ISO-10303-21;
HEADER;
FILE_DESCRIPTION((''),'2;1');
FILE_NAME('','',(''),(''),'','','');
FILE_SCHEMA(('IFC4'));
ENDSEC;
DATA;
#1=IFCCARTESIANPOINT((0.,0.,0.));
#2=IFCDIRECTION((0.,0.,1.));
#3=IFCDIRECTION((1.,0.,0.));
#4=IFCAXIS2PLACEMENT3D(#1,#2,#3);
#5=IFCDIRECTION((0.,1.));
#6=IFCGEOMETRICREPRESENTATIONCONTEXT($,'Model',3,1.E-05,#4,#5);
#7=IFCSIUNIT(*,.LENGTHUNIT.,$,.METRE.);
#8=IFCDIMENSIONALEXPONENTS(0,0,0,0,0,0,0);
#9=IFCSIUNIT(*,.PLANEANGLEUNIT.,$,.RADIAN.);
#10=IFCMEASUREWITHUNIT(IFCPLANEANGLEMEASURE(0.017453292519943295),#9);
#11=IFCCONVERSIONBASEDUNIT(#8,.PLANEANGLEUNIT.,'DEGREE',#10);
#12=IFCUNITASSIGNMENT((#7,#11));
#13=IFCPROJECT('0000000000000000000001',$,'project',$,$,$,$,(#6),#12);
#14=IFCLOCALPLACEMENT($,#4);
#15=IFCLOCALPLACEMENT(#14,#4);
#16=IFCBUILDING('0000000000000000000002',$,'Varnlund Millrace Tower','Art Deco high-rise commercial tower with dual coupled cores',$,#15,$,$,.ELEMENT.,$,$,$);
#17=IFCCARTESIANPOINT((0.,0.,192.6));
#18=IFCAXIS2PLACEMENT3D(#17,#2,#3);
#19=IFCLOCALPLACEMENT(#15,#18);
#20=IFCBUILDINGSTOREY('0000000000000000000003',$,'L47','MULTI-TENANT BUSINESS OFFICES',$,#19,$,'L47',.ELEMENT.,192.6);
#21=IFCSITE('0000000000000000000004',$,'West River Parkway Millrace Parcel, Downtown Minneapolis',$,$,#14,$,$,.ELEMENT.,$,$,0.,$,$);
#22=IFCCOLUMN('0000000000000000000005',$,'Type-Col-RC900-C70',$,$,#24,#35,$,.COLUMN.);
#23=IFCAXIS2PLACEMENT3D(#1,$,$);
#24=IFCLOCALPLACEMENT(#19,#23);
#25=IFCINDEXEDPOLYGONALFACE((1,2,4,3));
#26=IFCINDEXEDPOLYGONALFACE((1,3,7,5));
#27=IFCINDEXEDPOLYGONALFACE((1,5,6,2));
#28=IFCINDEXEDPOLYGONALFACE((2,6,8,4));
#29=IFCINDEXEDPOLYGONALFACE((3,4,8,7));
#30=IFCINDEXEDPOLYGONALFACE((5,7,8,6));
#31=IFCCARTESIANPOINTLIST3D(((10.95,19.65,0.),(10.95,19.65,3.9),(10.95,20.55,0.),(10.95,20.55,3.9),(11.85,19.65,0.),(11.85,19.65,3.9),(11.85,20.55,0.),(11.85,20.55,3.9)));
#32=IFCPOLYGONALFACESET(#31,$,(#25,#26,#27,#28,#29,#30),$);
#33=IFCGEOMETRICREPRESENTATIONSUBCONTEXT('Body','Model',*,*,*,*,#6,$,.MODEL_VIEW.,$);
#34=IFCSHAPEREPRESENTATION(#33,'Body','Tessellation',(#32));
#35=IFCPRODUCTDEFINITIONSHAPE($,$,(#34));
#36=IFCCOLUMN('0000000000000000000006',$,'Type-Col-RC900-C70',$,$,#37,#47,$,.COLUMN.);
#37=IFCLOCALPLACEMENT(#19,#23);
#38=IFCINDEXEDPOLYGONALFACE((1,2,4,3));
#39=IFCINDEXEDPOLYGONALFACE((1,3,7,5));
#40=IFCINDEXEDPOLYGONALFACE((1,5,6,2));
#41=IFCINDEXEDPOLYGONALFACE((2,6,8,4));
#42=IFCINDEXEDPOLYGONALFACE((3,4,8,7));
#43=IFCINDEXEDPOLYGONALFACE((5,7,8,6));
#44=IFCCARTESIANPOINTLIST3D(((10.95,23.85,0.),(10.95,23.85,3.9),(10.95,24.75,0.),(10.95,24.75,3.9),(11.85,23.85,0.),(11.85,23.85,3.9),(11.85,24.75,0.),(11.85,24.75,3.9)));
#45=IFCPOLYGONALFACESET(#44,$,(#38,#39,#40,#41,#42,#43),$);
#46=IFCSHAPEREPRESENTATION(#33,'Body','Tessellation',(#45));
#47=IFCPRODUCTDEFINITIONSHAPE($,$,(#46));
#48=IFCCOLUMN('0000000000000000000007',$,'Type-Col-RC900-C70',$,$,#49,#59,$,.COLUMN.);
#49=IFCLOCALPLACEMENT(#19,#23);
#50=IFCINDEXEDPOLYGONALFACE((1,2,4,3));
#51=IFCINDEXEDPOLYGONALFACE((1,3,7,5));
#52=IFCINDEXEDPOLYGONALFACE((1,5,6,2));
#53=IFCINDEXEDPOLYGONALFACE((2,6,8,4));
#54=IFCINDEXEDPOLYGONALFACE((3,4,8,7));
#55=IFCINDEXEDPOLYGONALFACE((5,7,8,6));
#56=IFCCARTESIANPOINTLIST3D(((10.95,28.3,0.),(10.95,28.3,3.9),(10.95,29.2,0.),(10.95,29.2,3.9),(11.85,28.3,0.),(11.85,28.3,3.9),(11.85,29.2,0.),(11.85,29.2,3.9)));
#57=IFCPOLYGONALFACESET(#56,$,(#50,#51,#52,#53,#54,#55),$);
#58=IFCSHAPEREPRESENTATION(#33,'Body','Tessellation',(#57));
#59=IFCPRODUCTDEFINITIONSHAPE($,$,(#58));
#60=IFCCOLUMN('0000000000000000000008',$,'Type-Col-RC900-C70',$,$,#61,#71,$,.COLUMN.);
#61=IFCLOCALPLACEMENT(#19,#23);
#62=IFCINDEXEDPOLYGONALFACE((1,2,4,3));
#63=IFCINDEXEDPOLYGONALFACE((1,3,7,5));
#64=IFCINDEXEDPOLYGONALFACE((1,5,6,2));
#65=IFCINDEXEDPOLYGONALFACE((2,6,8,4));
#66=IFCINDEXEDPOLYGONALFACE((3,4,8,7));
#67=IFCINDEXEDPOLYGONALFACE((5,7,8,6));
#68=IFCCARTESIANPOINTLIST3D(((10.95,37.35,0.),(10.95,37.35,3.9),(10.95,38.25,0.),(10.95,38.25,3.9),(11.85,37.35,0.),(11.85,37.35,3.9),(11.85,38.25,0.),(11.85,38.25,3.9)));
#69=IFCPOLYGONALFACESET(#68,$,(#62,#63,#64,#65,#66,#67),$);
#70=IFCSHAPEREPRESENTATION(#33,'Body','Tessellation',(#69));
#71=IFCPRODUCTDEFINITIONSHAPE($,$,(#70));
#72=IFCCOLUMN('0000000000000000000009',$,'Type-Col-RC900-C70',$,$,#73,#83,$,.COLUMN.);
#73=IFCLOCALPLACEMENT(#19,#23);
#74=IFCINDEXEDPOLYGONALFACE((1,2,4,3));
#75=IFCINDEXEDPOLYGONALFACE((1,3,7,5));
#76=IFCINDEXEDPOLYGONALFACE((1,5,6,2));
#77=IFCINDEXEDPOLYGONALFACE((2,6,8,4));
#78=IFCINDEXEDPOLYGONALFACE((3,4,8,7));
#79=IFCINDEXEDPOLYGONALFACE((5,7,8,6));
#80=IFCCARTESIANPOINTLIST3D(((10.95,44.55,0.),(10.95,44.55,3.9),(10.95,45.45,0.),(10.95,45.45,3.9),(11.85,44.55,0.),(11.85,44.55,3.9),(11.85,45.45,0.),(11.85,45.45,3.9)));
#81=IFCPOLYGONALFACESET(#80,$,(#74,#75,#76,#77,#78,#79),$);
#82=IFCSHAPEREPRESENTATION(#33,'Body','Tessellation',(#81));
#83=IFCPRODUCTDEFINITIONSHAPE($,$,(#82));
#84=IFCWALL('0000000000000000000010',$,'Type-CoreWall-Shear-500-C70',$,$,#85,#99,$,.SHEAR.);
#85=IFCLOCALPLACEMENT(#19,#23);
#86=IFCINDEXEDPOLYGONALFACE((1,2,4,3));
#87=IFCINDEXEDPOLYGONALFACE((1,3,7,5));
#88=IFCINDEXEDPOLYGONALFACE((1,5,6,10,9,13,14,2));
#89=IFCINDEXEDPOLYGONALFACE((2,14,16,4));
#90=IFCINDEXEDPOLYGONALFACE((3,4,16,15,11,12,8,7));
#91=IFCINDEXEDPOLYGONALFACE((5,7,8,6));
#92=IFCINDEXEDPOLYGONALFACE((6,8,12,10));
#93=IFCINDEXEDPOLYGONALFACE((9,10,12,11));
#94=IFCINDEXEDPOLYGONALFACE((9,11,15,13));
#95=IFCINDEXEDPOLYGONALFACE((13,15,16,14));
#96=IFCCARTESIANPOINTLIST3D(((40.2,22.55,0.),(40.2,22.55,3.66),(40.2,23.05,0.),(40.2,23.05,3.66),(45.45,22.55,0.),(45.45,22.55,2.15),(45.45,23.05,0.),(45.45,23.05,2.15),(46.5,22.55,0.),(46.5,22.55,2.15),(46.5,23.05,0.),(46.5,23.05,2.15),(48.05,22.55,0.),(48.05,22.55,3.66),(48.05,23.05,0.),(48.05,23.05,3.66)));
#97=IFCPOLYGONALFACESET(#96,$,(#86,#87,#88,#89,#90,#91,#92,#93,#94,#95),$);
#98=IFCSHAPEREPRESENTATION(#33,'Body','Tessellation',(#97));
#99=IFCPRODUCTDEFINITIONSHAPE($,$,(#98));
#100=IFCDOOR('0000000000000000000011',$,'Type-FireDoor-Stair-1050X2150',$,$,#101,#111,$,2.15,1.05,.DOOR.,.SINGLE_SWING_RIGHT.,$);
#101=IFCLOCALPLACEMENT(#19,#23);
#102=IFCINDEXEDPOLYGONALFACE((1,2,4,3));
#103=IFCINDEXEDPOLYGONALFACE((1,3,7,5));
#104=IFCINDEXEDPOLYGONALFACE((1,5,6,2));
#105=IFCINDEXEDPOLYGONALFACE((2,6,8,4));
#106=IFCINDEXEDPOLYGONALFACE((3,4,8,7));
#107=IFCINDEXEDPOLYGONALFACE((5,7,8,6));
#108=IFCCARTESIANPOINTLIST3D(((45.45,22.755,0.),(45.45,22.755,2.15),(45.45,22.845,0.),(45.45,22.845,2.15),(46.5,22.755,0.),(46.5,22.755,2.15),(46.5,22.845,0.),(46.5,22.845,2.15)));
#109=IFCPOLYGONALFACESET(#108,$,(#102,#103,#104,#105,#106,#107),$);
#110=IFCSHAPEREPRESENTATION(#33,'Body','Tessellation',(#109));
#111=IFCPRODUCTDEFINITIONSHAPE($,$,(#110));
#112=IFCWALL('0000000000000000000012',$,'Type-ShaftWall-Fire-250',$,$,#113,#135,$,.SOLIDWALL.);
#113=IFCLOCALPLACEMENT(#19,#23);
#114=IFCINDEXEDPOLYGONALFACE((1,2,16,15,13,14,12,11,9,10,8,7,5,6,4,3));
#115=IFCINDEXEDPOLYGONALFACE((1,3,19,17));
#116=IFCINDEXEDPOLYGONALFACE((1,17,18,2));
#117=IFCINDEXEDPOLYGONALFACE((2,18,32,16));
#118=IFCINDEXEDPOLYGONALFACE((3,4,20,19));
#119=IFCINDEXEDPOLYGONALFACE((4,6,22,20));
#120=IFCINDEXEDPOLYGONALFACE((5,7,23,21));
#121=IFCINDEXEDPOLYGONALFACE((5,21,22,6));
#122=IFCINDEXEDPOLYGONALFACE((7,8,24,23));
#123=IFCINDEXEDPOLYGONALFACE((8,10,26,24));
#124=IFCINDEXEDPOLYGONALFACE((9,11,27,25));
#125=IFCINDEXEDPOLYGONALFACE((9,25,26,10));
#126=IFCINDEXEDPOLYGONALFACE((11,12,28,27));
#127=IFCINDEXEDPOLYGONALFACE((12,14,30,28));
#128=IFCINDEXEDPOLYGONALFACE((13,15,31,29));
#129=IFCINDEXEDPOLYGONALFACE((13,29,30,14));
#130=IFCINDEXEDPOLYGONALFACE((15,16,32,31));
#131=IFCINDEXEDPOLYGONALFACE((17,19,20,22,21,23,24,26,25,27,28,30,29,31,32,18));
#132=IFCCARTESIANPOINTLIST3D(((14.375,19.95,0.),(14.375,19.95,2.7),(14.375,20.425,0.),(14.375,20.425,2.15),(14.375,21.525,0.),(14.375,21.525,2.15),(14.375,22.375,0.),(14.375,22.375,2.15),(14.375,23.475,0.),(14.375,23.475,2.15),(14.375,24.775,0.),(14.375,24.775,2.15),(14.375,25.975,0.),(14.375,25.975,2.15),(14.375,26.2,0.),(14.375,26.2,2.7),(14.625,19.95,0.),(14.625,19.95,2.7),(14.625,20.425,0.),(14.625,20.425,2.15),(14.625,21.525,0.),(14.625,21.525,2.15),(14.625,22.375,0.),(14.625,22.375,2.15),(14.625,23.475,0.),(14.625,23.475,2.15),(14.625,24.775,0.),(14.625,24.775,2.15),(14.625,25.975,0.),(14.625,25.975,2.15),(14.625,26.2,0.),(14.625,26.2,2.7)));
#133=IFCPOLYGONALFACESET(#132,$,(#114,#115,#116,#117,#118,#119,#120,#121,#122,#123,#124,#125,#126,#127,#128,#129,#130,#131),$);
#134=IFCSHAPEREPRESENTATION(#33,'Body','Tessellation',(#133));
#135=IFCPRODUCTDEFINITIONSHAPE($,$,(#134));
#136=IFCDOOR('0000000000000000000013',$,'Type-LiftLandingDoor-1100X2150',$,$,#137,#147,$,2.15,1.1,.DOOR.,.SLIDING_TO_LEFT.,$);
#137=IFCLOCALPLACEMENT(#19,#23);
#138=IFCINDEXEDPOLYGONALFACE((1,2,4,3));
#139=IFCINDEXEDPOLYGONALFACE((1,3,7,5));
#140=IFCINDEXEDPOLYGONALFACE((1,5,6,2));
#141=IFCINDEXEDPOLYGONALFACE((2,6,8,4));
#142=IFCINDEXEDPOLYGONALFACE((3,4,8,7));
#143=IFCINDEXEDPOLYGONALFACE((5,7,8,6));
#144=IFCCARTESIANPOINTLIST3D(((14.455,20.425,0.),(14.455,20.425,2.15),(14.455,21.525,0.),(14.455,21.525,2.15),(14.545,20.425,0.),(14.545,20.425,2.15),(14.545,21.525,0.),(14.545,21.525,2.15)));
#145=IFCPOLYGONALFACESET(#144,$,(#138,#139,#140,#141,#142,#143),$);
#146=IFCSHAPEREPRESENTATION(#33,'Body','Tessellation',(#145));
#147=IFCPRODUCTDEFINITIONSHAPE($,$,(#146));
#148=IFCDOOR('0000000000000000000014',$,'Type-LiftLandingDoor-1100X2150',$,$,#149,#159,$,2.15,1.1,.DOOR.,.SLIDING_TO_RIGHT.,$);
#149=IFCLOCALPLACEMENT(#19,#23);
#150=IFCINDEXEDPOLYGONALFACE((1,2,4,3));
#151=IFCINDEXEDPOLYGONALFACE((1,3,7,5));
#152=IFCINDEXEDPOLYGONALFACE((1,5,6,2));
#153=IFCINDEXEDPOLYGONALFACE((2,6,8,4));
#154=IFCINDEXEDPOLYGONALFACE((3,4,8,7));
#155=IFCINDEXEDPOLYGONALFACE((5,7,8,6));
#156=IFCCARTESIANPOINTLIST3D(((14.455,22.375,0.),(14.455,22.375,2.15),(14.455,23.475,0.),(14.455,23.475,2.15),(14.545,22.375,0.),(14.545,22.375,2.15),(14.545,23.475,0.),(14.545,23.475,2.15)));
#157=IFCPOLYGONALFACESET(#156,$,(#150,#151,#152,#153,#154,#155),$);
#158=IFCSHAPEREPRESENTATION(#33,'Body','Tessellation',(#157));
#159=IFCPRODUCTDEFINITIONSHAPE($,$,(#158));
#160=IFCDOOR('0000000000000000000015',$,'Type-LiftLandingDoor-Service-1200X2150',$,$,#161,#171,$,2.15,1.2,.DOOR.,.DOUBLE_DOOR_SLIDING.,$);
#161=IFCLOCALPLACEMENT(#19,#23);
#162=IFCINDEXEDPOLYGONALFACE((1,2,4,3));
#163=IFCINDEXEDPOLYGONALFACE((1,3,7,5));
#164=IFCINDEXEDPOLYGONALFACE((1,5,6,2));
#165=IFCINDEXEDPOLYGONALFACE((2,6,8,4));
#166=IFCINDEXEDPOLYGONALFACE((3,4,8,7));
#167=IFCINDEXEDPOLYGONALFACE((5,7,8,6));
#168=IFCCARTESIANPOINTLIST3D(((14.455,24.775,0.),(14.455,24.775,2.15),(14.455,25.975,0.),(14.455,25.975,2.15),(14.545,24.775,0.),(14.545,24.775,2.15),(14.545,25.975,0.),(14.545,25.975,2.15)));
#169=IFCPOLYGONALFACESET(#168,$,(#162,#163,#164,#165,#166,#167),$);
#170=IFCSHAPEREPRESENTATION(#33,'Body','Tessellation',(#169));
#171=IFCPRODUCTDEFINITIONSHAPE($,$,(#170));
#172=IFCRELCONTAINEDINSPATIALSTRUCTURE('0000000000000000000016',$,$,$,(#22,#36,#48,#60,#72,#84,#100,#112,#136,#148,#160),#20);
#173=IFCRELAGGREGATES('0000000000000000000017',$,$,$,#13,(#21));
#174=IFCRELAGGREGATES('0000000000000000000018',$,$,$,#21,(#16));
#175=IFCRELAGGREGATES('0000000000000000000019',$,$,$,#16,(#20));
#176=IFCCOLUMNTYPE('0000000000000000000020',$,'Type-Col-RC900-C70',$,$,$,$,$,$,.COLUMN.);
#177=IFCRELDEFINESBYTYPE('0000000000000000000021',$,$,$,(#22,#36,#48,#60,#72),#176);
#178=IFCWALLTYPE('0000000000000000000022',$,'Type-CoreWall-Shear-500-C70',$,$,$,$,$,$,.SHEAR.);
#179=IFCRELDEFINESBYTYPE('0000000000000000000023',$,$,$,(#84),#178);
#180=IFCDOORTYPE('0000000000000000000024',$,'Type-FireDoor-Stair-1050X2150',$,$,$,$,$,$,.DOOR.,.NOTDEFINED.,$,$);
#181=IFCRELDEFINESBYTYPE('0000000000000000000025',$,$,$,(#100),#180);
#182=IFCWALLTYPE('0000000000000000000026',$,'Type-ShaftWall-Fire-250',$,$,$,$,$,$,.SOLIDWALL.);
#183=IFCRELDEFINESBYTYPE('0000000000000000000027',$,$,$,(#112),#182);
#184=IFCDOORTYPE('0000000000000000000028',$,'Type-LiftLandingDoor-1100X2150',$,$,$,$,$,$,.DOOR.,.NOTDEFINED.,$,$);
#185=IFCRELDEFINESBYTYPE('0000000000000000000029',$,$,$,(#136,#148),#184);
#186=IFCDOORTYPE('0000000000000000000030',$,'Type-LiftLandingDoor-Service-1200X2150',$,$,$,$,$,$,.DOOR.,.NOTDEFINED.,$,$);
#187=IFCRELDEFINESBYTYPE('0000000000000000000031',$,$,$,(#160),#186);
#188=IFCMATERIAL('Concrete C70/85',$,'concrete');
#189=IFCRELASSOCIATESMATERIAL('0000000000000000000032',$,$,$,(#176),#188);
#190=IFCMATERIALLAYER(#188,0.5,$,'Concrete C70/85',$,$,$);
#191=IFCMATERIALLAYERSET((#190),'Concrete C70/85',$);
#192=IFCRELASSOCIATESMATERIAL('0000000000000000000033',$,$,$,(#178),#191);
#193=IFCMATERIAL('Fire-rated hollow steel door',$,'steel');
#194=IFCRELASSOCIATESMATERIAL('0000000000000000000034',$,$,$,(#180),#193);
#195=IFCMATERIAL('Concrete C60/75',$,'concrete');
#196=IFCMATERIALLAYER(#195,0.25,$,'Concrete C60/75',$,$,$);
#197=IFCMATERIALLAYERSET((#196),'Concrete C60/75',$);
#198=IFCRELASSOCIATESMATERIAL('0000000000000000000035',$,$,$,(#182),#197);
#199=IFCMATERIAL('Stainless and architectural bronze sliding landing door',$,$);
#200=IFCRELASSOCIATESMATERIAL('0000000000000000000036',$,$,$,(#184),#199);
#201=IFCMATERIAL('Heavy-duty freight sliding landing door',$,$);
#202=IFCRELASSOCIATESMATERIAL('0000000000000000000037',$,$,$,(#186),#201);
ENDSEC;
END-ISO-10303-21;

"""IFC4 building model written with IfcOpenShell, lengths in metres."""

from ifc_helpers import new_model, entity, si_unit, converted_unit, direction, frame, origin_with_axes, origin_2d_with_axis, place, context, subcontext, project, spatial, polyline, rectangle, outline, extrude, material, layer, layer_set, material_profile, profile_set, type_object, element, fill, save


model = new_model("IFC4")

# Units and contexts
model_context = context("Model", 3, precision=1e-05, world=origin_with_axes(), true_north=direction((0.0, 1.0)))
body_context = subcontext(model_context, "Body", "Model", "MODEL_VIEW")
ifc_project = project(units=[si_unit("LENGTHUNIT", "METRE"), converted_unit("PLANEANGLEUNIT", "DEGREE", entity("IfcPlaneAngleMeasure", 0.017453292519943295), si_unit("PLANEANGLEUNIT", "RADIAN"), dimensions=[0, 0, 0, 0, 0, 0, 0])], contexts=[model_context])

# Site, building, storey
site_placement = place(None, origin_with_axes())
site = spatial("IfcSite", under=ifc_project, at=site_placement, Name="West River Parkway Millrace Parcel, Downtown Minneapolis", CompositionType="ELEMENT", RefElevation=0.0)
building_placement = place(site_placement, origin_with_axes())
building = spatial("IfcBuilding", under=site, at=building_placement, Name="Varnlund Millrace Tower", Description="Art Deco high-rise commercial tower with dual coupled cores", CompositionType="ELEMENT")
storey_placement = place(building_placement, frame((0.0, 0.0, 192.6), z_axis=(0.0, 0.0, 1.0), x_axis=(1.0, 0.0, 0.0)))
storey = spatial("IfcBuildingStorey", under=building, at=storey_placement, Name="L47", Description="MULTI-TENANT BUSINESS OFFICES", LongName="L47", CompositionType="ELEMENT", Elevation=192.6)

# Columns
ifc_material_1 = material(Name="Concrete C70/85", Category="concrete")
ifc_material_profile = material_profile(ifc_material_1, rectangle(XDim=0.9, YDim=0.9, at=origin_2d_with_axis()), Name="Concrete C70/85")
ifc_profile_set = profile_set([ifc_material_profile], Name="Concrete C70/85")
column_type = type_object("IfcColumnType", Name="Type-Col-RC900-C70", PredefinedType="COLUMN", material=ifc_profile_set)
for number, where, z_axis, x_axis, name in (
    (1, (11.4, 20.1, 0.0), (0.0, 0.0, 1.0), (1.0, 0.0, 0.0), "Type-Col-RC900-C70"),
    (2, (11.4, 24.3, 0.0), (0.0, 0.0, 1.0), (1.0, 0.0, 0.0), "Type-Col-RC900-C70"),
    (3, (11.4, 28.75, 0.0), (0.0, 0.0, 1.0), (1.0, 0.0, 0.0), "Type-Col-RC900-C70"),
    (4, (11.4, 37.8, 0.0), (0.0, 0.0, 1.0), (1.0, 0.0, 0.0), "Type-Col-RC900-C70"),
    (5, (11.4, 45.0, 0.0), (0.0, 0.0, 1.0), (1.0, 0.0, 0.0), "Type-Col-RC900-C70"),
):
    element("IfcColumn", number, at=place(storey_placement, frame(where, z_axis=z_axis, x_axis=x_axis)), inside=storey, type_object=column_type, Name=name, PredefinedType="COLUMN", context=body_context, shape_type="SweptSolid", body=[
        extrude(rectangle(XDim=0.9, YDim=0.9, at=origin_2d_with_axis()), origin_with_axes(), (0.0, 0.0, 1.0), 3.9),
    ])

# Wall, opening, door
ifc_layer_1 = layer(ifc_material_1, 0.5, Name="Concrete C70/85")
ifc_layer_set_1 = layer_set([ifc_layer_1], Name="Concrete C70/85")
wall_type_1 = type_object("IfcWallType", Name="Type-CoreWall-Shear-500-C70", PredefinedType="SHEAR", material=ifc_layer_set_1)
wall_1_placement = place(storey_placement, frame((40.2, 22.8, 0.0), z_axis=(0.0, 0.0, 1.0), x_axis=(1.0, 0.0, 0.0)))
wall_1 = element("IfcWall", 6, at=wall_1_placement, inside=storey, type_object=wall_type_1, Name="Type-CoreWall-Shear-500-C70", PredefinedType="SHEAR", context=body_context, shape_type="SweptSolid", body=[
    extrude(outline(polyline([(0.0, -0.25), (7.85, -0.25), (7.85, 0.25), (0.0, 0.25), (0.0, -0.25)])), origin_with_axes(), (0.0, 0.0, 1.0), 3.66),
])
opening_1_placement = place(wall_1_placement, frame((5.775, 0.0, 0.0), z_axis=(0.0, 0.0, 1.0), x_axis=(1.0, 0.0, 0.0)))
opening_1 = element("IfcOpeningElement", 7, at=opening_1_placement, cuts=wall_1, PredefinedType="OPENING", context=body_context, shape_type="SweptSolid", body=[
    extrude(rectangle(XDim=1.05, YDim=0.52, at=origin_2d_with_axis()), origin_with_axes(), (0.0, 0.0, 1.0), 2.15),
])
ifc_material_2 = material(Name="Fire-rated hollow steel door", Category="steel")
door_type_1 = type_object("IfcDoorType", Name="Type-FireDoor-Stair-1050X2150", OperationType="NOTDEFINED", PredefinedType="DOOR", material=ifc_material_2)
door_1_placement = place(wall_1_placement, frame((5.775, 0.0, 0.0), z_axis=(0.0, 0.0, 1.0), x_axis=(1.0, 0.0, 0.0)))
door_1 = element("IfcDoor", 8, at=door_1_placement, inside=storey, type_object=door_type_1, Name="Type-FireDoor-Stair-1050X2150", OperationType="SINGLE_SWING_RIGHT", OverallHeight=2.15, OverallWidth=1.05, PredefinedType="DOOR", context=body_context, shape_type="SweptSolid", body=[
    extrude(rectangle(XDim=1.05, YDim=0.09, at=origin_2d_with_axis()), origin_with_axes(), (0.0, 0.0, 1.0), 2.15),
])
fill(opening_1, door_1)

# Wall, openings, doors
ifc_material_3 = material(Name="Concrete C60/75", Category="concrete")
ifc_layer_2 = layer(ifc_material_3, 0.25, Name="Concrete C60/75")
ifc_layer_set_2 = layer_set([ifc_layer_2], Name="Concrete C60/75")
wall_type_2 = type_object("IfcWallType", Name="Type-ShaftWall-Fire-250", PredefinedType="SOLIDWALL", material=ifc_layer_set_2)
wall_2_placement = place(storey_placement, frame((14.5, 19.95, 0.0), z_axis=(0.0, 0.0, 1.0), x_axis=(0.0, 1.0, 0.0)))
wall_2 = element("IfcWall", 9, at=wall_2_placement, inside=storey, type_object=wall_type_2, Name="Type-ShaftWall-Fire-250", PredefinedType="SOLIDWALL", context=body_context, shape_type="SweptSolid", body=[
    extrude(outline(polyline([(0.0, -0.125), (6.25, -0.125), (6.25, 0.125), (0.0, 0.125), (0.0, -0.125)])), origin_with_axes(), (0.0, 0.0, 1.0), 2.7),
])
opening_2_placement = place(wall_2_placement, frame((1.025, 0.0, 0.0), z_axis=(0.0, 0.0, 1.0), x_axis=(1.0, 0.0, 0.0)))
opening_2 = element("IfcOpeningElement", 10, at=opening_2_placement, cuts=wall_2, PredefinedType="OPENING", context=body_context, shape_type="SweptSolid", body=[
    extrude(rectangle(XDim=1.1, YDim=0.27, at=origin_2d_with_axis()), origin_with_axes(), (0.0, 0.0, 1.0), 2.15),
])
opening_3_placement = place(wall_2_placement, frame((2.975, 0.0, 0.0), z_axis=(0.0, 0.0, 1.0), x_axis=(1.0, 0.0, 0.0)))
opening_3 = element("IfcOpeningElement", 11, at=opening_3_placement, cuts=wall_2, PredefinedType="OPENING", context=body_context, shape_type="SweptSolid", body=[
    extrude(rectangle(XDim=1.1, YDim=0.27, at=origin_2d_with_axis()), origin_with_axes(), (0.0, 0.0, 1.0), 2.15),
])
opening_4_placement = place(wall_2_placement, frame((5.425, 0.0, 0.0), z_axis=(0.0, 0.0, 1.0), x_axis=(1.0, 0.0, 0.0)))
opening_4 = element("IfcOpeningElement", 12, at=opening_4_placement, cuts=wall_2, PredefinedType="OPENING", context=body_context, shape_type="SweptSolid", body=[
    extrude(rectangle(XDim=1.2, YDim=0.27, at=origin_2d_with_axis()), origin_with_axes(), (0.0, 0.0, 1.0), 2.15),
])
ifc_material_4 = material(Name="Stainless and architectural bronze sliding landing door")
door_type_2 = type_object("IfcDoorType", Name="Type-LiftLandingDoor-1100X2150", OperationType="NOTDEFINED", PredefinedType="DOOR", material=ifc_material_4)
door_2_placement = place(wall_2_placement, frame((1.025, 0.0, 0.0), z_axis=(0.0, 0.0, 1.0), x_axis=(1.0, 0.0, 0.0)))
door_2 = element("IfcDoor", 13, at=door_2_placement, inside=storey, type_object=door_type_2, Name="Type-LiftLandingDoor-1100X2150", OperationType="SLIDING_TO_LEFT", OverallHeight=2.15, OverallWidth=1.1, PredefinedType="DOOR", context=body_context, shape_type="SweptSolid", body=[
    extrude(rectangle(XDim=1.1, YDim=0.09, at=origin_2d_with_axis()), origin_with_axes(), (0.0, 0.0, 1.0), 2.15),
])
fill(opening_2, door_2)
door_3_placement = place(wall_2_placement, frame((2.975, 0.0, 0.0), z_axis=(0.0, 0.0, 1.0), x_axis=(1.0, 0.0, 0.0)))
door_3 = element("IfcDoor", 14, at=door_3_placement, inside=storey, type_object=door_type_2, Name="Type-LiftLandingDoor-1100X2150", OperationType="SLIDING_TO_RIGHT", OverallHeight=2.15, OverallWidth=1.1, PredefinedType="DOOR", context=body_context, shape_type="SweptSolid", body=[
    extrude(rectangle(XDim=1.1, YDim=0.09, at=origin_2d_with_axis()), origin_with_axes(), (0.0, 0.0, 1.0), 2.15),
])
fill(opening_3, door_3)
ifc_material_5 = material(Name="Heavy-duty freight sliding landing door")
door_type_3 = type_object("IfcDoorType", Name="Type-LiftLandingDoor-Service-1200X2150", OperationType="NOTDEFINED", PredefinedType="DOOR", material=ifc_material_5)
door_4_placement = place(wall_2_placement, frame((5.425, 0.0, 0.0), z_axis=(0.0, 0.0, 1.0), x_axis=(1.0, 0.0, 0.0)))
door_4 = element("IfcDoor", 15, at=door_4_placement, inside=storey, type_object=door_type_3, Name="Type-LiftLandingDoor-Service-1200X2150", OperationType="DOUBLE_DOOR_SLIDING", OverallHeight=2.15, OverallWidth=1.2, PredefinedType="DOOR", context=body_context, shape_type="SweptSolid", body=[
    extrude(rectangle(XDim=1.2, YDim=0.09, at=origin_2d_with_axis()), origin_with_axes(), (0.0, 0.0, 1.0), 2.15),
])
fill(opening_4, door_4)

save(model, "model.ifc")
